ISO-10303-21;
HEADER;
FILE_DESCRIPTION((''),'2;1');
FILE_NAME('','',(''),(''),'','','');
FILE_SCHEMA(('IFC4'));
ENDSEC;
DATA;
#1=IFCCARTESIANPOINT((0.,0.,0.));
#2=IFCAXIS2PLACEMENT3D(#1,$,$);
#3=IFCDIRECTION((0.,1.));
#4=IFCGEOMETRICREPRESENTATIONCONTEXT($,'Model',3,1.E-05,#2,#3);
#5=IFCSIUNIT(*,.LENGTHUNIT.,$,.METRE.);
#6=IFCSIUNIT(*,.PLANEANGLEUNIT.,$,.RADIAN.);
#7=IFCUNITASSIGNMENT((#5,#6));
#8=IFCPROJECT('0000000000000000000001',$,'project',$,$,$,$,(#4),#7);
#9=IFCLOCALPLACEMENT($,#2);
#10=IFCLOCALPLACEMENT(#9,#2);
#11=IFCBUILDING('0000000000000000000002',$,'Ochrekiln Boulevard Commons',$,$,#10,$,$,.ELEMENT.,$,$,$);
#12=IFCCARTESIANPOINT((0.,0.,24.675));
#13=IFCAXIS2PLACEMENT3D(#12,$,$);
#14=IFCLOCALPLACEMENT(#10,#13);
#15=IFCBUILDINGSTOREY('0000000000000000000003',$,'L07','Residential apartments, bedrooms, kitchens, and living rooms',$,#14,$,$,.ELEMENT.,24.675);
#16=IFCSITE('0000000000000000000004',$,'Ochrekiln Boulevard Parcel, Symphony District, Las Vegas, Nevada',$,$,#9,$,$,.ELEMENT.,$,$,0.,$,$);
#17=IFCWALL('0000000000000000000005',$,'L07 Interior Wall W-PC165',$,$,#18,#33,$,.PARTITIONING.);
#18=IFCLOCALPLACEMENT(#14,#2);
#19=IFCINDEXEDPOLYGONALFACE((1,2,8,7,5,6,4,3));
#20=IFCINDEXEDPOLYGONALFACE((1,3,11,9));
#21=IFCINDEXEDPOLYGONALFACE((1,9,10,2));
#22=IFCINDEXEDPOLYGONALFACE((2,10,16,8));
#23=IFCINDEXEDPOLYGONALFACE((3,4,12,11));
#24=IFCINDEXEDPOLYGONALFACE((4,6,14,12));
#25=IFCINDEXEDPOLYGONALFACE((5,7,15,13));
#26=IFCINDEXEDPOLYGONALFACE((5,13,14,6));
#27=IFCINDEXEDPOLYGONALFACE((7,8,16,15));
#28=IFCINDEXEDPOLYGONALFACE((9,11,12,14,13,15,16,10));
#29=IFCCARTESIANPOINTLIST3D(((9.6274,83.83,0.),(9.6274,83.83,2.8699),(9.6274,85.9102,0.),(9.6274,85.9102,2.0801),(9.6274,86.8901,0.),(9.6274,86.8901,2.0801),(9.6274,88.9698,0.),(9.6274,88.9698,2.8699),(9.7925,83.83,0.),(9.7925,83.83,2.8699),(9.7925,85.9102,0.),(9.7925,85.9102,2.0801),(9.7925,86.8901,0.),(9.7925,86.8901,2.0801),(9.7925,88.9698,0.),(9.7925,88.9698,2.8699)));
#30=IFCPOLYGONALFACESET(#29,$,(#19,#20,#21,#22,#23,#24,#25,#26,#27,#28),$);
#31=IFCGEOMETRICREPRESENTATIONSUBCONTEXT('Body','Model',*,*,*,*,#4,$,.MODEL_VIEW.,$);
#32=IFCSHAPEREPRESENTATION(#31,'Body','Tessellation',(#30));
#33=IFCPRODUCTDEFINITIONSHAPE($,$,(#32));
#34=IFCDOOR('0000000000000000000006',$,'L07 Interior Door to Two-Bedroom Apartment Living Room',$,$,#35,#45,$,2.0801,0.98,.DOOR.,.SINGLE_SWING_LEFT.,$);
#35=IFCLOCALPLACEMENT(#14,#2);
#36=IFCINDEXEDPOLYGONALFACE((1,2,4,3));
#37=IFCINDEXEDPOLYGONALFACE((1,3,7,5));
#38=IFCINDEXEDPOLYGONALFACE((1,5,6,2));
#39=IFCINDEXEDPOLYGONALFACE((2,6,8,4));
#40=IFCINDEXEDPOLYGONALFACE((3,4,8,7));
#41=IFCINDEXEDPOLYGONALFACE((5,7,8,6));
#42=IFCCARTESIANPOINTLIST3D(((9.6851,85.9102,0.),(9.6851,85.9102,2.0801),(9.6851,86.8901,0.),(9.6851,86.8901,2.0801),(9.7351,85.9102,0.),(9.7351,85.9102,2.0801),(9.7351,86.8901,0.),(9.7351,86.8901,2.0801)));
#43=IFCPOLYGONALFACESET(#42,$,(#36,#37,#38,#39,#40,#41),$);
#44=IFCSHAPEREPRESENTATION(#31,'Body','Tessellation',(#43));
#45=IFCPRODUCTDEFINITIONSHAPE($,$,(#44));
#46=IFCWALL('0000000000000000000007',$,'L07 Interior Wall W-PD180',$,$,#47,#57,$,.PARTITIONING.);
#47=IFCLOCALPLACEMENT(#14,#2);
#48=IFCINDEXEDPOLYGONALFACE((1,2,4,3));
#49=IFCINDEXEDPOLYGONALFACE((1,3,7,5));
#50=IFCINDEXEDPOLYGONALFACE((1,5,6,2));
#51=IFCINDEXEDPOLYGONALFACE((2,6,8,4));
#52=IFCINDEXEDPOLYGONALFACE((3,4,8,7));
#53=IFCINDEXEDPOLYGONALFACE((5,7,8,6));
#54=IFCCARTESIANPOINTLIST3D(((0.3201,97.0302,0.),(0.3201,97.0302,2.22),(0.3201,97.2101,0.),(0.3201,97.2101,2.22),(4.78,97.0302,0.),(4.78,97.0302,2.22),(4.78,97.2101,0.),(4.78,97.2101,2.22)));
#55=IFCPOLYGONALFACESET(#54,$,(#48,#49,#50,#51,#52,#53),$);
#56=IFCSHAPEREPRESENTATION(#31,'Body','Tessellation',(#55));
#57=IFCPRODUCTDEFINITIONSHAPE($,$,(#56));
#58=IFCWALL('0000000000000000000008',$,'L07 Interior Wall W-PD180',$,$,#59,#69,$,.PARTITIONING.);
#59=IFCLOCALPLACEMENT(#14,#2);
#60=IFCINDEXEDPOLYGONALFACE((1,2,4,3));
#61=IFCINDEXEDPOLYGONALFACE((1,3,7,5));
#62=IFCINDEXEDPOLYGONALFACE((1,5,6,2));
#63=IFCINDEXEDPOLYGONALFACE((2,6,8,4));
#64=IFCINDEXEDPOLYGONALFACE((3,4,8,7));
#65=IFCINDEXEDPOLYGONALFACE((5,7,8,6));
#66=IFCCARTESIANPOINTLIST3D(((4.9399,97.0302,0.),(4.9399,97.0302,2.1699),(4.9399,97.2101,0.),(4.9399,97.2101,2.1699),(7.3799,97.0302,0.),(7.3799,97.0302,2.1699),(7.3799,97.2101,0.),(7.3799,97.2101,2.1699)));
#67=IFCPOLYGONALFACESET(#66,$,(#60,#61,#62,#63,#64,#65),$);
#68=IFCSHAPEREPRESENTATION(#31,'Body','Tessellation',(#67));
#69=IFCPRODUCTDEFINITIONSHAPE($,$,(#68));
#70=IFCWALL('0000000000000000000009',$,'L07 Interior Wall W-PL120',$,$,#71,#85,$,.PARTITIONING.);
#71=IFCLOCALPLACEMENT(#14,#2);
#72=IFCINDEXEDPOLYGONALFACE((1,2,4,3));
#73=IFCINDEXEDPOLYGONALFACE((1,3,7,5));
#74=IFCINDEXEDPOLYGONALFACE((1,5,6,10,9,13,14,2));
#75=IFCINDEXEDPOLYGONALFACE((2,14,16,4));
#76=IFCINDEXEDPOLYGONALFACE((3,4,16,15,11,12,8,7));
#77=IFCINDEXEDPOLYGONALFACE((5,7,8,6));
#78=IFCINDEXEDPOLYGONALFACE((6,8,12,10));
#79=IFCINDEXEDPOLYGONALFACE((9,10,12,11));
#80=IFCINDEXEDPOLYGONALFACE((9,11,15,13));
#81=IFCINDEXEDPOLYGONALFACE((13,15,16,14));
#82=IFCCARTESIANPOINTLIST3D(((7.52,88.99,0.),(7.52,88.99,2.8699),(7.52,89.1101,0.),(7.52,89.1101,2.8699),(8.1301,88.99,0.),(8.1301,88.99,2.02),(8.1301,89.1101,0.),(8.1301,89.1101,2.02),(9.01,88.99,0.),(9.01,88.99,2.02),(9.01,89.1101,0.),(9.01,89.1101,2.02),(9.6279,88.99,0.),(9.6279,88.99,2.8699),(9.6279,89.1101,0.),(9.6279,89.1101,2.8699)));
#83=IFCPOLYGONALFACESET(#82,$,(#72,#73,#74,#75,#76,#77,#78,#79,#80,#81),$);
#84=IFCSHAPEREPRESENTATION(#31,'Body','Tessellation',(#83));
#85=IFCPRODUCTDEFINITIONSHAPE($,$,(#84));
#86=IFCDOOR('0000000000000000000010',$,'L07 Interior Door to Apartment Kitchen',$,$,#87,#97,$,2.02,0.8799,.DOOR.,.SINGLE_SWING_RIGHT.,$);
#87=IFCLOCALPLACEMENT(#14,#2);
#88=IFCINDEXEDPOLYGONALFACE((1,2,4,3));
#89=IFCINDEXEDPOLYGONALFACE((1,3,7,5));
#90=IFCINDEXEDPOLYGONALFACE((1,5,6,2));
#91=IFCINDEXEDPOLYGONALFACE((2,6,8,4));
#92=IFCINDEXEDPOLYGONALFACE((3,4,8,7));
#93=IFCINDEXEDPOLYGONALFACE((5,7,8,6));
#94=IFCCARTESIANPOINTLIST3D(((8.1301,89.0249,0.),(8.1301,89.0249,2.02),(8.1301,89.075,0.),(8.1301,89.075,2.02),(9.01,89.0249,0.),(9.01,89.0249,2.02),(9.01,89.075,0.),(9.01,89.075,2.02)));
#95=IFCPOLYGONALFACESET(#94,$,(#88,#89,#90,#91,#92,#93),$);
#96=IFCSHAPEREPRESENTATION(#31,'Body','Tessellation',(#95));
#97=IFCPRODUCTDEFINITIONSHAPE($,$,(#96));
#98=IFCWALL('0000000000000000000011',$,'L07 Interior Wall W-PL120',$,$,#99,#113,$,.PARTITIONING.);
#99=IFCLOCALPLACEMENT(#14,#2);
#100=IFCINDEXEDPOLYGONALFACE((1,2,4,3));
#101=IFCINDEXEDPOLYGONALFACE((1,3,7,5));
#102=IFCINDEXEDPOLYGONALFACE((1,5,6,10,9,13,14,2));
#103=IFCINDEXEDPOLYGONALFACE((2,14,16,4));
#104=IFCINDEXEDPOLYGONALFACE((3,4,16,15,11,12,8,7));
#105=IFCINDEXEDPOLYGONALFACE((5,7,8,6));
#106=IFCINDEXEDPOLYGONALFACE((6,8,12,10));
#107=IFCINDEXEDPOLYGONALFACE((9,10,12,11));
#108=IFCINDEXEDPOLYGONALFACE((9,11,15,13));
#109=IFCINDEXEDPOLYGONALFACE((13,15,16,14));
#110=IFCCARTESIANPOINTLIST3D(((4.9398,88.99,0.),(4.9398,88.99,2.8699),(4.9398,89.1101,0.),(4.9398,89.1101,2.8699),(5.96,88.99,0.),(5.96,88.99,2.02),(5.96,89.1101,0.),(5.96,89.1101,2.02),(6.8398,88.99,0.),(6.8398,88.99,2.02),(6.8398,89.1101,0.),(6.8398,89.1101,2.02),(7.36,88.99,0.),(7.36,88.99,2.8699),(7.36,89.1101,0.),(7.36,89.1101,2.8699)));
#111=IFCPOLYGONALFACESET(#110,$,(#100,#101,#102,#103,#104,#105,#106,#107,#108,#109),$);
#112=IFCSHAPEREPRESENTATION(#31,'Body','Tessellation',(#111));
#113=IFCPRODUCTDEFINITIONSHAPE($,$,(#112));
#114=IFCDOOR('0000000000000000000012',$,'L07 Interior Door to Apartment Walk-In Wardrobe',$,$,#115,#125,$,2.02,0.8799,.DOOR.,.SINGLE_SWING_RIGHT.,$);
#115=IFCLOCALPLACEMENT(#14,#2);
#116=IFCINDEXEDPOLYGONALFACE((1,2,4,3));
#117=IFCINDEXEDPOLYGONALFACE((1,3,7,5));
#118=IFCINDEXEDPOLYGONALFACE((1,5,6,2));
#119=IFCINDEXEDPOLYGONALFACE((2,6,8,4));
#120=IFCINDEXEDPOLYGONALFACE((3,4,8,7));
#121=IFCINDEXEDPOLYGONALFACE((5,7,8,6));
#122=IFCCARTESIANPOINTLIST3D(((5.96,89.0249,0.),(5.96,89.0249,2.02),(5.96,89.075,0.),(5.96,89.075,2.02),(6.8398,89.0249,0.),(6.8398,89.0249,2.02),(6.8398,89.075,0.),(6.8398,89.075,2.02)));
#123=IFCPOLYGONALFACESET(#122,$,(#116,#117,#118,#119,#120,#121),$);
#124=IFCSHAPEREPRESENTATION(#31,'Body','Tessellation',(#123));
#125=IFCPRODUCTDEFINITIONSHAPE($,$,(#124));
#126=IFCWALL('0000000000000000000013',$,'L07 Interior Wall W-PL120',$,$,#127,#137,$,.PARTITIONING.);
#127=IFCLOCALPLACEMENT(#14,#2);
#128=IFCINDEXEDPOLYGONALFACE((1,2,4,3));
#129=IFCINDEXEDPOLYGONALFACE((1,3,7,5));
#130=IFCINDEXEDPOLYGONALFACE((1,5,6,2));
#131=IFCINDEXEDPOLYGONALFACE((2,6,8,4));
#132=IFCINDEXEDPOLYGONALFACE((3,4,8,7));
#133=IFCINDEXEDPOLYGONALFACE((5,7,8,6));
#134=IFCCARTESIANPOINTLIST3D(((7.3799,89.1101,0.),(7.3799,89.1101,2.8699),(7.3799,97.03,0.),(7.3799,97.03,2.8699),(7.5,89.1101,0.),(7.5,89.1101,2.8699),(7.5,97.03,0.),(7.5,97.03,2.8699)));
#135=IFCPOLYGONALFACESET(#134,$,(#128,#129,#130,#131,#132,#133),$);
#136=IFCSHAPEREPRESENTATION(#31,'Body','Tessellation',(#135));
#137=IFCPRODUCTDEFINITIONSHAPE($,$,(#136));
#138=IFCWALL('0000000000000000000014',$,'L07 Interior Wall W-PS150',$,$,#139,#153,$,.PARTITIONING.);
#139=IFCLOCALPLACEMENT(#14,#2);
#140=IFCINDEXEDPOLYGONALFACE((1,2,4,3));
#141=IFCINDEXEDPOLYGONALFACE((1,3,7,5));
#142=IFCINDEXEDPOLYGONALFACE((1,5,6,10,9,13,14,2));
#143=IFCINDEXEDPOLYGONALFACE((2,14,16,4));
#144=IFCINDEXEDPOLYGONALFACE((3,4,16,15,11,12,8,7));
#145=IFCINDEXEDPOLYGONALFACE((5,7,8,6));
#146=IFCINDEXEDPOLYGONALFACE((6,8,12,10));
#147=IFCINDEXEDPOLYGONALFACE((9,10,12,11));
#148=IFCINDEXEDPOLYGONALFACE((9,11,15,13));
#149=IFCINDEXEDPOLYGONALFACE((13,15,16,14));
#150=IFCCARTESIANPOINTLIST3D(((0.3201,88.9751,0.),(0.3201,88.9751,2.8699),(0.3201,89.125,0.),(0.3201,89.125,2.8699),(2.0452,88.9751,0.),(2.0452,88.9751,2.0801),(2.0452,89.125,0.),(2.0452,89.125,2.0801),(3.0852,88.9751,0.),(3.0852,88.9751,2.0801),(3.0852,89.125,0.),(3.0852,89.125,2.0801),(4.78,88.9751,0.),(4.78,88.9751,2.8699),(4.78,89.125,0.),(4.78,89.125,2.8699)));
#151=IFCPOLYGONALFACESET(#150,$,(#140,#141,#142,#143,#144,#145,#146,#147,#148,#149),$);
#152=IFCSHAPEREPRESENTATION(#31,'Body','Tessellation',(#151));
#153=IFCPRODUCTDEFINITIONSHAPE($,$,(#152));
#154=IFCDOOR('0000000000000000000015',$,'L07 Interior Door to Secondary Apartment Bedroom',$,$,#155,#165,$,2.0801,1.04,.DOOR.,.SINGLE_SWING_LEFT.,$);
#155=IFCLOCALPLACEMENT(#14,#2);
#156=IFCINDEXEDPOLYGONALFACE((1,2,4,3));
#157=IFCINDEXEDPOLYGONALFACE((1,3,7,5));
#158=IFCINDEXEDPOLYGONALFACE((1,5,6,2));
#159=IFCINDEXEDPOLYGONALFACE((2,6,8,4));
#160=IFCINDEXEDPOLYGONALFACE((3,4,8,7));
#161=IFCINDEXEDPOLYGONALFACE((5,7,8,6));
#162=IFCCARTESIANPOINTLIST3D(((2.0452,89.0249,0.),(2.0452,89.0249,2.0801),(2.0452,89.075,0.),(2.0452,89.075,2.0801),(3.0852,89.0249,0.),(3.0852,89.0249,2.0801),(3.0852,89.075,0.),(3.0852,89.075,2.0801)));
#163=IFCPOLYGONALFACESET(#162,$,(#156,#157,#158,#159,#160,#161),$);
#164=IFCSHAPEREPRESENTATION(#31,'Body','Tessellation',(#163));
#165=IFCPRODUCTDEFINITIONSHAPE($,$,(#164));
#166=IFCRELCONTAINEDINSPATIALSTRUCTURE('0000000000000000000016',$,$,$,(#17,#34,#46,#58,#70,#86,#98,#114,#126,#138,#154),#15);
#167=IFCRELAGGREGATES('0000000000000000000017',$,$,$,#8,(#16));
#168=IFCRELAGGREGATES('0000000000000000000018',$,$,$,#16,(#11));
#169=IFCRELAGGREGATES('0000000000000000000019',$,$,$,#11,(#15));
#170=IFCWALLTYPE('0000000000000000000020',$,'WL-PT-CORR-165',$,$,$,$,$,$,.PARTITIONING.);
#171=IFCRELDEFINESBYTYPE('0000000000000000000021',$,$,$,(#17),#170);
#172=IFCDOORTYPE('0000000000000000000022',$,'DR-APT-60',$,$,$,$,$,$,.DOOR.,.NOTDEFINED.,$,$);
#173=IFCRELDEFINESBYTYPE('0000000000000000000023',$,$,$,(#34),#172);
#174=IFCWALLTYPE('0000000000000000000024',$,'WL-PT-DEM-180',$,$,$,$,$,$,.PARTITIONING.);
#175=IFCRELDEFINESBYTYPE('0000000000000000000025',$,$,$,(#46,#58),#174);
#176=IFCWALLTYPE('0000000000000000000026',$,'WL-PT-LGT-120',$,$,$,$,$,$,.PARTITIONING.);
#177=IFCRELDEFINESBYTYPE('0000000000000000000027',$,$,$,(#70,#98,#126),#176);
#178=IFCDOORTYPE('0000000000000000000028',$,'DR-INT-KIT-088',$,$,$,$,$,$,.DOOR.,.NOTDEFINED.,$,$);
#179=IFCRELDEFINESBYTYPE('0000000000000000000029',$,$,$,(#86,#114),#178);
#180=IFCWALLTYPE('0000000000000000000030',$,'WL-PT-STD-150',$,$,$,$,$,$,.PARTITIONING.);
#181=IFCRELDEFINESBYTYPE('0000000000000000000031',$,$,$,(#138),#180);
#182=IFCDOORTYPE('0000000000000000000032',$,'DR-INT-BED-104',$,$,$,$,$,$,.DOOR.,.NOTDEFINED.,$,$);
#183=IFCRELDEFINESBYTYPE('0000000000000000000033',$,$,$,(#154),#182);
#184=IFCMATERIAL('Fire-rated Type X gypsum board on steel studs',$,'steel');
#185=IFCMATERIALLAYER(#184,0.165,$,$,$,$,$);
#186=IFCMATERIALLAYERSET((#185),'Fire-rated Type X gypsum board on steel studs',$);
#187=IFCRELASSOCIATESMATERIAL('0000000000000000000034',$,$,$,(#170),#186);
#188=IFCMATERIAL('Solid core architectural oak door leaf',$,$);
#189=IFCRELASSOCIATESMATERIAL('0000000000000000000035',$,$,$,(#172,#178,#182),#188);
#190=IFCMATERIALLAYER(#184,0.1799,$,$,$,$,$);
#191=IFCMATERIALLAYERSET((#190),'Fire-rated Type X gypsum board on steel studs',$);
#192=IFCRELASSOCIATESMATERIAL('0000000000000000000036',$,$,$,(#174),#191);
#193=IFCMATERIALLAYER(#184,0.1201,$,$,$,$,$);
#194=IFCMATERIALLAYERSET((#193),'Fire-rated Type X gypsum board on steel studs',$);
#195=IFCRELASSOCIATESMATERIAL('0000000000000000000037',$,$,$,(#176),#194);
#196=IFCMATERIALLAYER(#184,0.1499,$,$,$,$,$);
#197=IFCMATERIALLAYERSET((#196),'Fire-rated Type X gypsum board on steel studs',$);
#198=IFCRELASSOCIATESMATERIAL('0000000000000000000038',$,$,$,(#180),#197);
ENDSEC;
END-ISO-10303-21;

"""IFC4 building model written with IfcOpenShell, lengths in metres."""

from ifc_helpers import new_model, si_unit, direction, frame, frame_2d, origin, place, context, subcontext, project, spatial, rectangle, extrude, material, layer, layer_set, type_object, element, fill, save


model = new_model("IFC4")

# Units and contexts
model_context = context("Model", 3, precision=1e-05, world=origin(), true_north=direction((0.0, 1.0)))
body_context = subcontext(model_context, "Body", "Model", "MODEL_VIEW")
ifc_project = project(units=[si_unit("LENGTHUNIT", "METRE"), si_unit("PLANEANGLEUNIT", "RADIAN")], contexts=[model_context])

# Site, building, storey
site_placement = place(None, origin())
site = spatial("IfcSite", under=ifc_project, at=site_placement, Name="Ochrekiln Boulevard Parcel, Symphony District, Las Vegas, Nevada", CompositionType="ELEMENT", RefElevation=0.0)
building_placement = place(site_placement, origin())
building = spatial("IfcBuilding", under=site, at=building_placement, Name="Ochrekiln Boulevard Commons", CompositionType="ELEMENT")
storey_placement = place(building_placement, frame((0.0, 0.0, 24.675)))
storey = spatial("IfcBuildingStorey", under=building, at=storey_placement, Name="L07", Description="Residential apartments, bedrooms, kitchens, and living rooms", CompositionType="ELEMENT", Elevation=24.675)

# Shared definitions
ifc_material_1 = material(Name="Solid core architectural oak door leaf")

# Wall, opening, door
ifc_material_2 = material(Name="Fire-rated Type X gypsum board on steel studs", Category="steel")
ifc_layer_1 = layer(ifc_material_2, 0.165)
ifc_layer_set_1 = layer_set([ifc_layer_1], Name="Fire-rated Type X gypsum board on steel studs")
wall_type_1 = type_object("IfcWallType", Name="WL-PT-CORR-165", PredefinedType="PARTITIONING", material=ifc_layer_set_1)
wall_1_placement = place(storey_placement, frame((9.71, 83.8301, 0.0), z_axis=(0.0, 0.0, 1.0), x_axis=(0.0, 1.0, 0.0)))
wall_1 = element("IfcWall", 1, at=wall_1_placement, inside=storey, type_object=wall_type_1, Name="L07 Interior Wall W-PC165", PredefinedType="PARTITIONING", context=body_context, shape_type="SweptSolid", body=[
    extrude(rectangle(XDim=5.1399, YDim=0.165, at=frame_2d((2.5698, 0.0))), origin(), (0.0, 0.0, 1.0), 2.8699),
])
opening_1_placement = place(wall_1_placement, frame((2.0801, 0.0, 0.0)))
opening_1 = element("IfcOpeningElement", 2, at=opening_1_placement, cuts=wall_1, PredefinedType="OPENING", context=body_context, shape_type="SweptSolid", body=[
    extrude(rectangle(XDim=0.98, YDim=2.0801, at=frame_2d((0.49, 1.04))), frame((0.0, 0.0925, 0.0), z_axis=(0.0, -1.0, 0.0), x_axis=(1.0, 0.0, 0.0)), (0.0, 0.0, 1.0), 0.1851),
])
door_type_1 = type_object("IfcDoorType", Name="DR-APT-60", OperationType="NOTDEFINED", PredefinedType="DOOR", material=ifc_material_1)
door_1_placement = place(opening_1_placement, origin())
door_1 = element("IfcDoor", 3, at=door_1_placement, inside=storey, type_object=door_type_1, Name="L07 Interior Door to Two-Bedroom Apartment Living Room", OperationType="SINGLE_SWING_LEFT", OverallHeight=2.0801, OverallWidth=0.98, PredefinedType="DOOR", context=body_context, shape_type="SweptSolid", body=[
    extrude(rectangle(XDim=0.98, YDim=2.0801, at=frame_2d((0.49, 1.04))), frame((0.0, 0.0249, 0.0), z_axis=(0.0, -1.0, 0.0), x_axis=(1.0, 0.0, 0.0)), (0.0, 0.0, 1.0), 0.05),
])
fill(opening_1, door_1)

# Walls
ifc_layer_2 = layer(ifc_material_2, 0.1799)
ifc_layer_set_2 = layer_set([ifc_layer_2], Name="Fire-rated Type X gypsum board on steel studs")
wall_type_2 = type_object("IfcWallType", Name="WL-PT-DEM-180", PredefinedType="PARTITIONING", material=ifc_layer_set_2)
wall_2_placement = place(storey_placement, frame((0.3201, 97.1201, 0.0), z_axis=(0.0, 0.0, 1.0), x_axis=(1.0, 0.0, 0.0)))
element("IfcWall", 4, at=wall_2_placement, inside=storey, type_object=wall_type_2, Name="L07 Interior Wall W-PD180", PredefinedType="PARTITIONING", context=body_context, shape_type="SweptSolid", body=[
    extrude(rectangle(XDim=4.46, YDim=0.1799, at=frame_2d((2.23, 0.0))), origin(), (0.0, 0.0, 1.0), 2.22),
])
wall_3_placement = place(storey_placement, frame((4.9399, 97.1201, 0.0), z_axis=(0.0, 0.0, 1.0), x_axis=(1.0, 0.0, 0.0)))
element("IfcWall", 5, at=wall_3_placement, inside=storey, type_object=wall_type_2, Name="L07 Interior Wall W-PD180", PredefinedType="PARTITIONING", context=body_context, shape_type="SweptSolid", body=[
    extrude(rectangle(XDim=2.4399, YDim=0.1799, at=frame_2d((1.22, 0.0))), origin(), (0.0, 0.0, 1.0), 2.1699),
])

# Walls, openings, doors
ifc_layer_3 = layer(ifc_material_2, 0.1201)
ifc_layer_set_3 = layer_set([ifc_layer_3], Name="Fire-rated Type X gypsum board on steel studs")
wall_type_3 = type_object("IfcWallType", Name="WL-PT-LGT-120", PredefinedType="PARTITIONING", material=ifc_layer_set_3)
wall_4_placement = place(storey_placement, frame((7.52, 89.05, 0.0), z_axis=(0.0, 0.0, 1.0), x_axis=(1.0, 0.0, 0.0)))
wall_4 = element("IfcWall", 6, at=wall_4_placement, inside=storey, type_object=wall_type_3, Name="L07 Interior Wall W-PL120", PredefinedType="PARTITIONING", context=body_context, shape_type="SweptSolid", body=[
    extrude(rectangle(XDim=2.1079, YDim=0.1201, at=frame_2d((1.054, 0.0))), origin(), (0.0, 0.0, 1.0), 2.8699),
])
opening_2_placement = place(wall_4_placement, frame((0.6101, 0.0, 0.0)))
opening_2 = element("IfcOpeningElement", 7, at=opening_2_placement, cuts=wall_4, PredefinedType="OPENING", context=body_context, shape_type="SweptSolid", body=[
    extrude(rectangle(XDim=0.8799, YDim=2.02, at=frame_2d((0.4399, 1.01))), frame((0.0, 0.0701, 0.0), z_axis=(0.0, -1.0, 0.0), x_axis=(1.0, 0.0, 0.0)), (0.0, 0.0, 1.0), 0.1401),
])
door_type_2 = type_object("IfcDoorType", Name="DR-INT-KIT-088", OperationType="NOTDEFINED", PredefinedType="DOOR", material=ifc_material_1)
door_2_placement = place(opening_2_placement, origin())
door_2 = element("IfcDoor", 8, at=door_2_placement, inside=storey, type_object=door_type_2, Name="L07 Interior Door to Apartment Kitchen", OperationType="SINGLE_SWING_RIGHT", OverallHeight=2.02, OverallWidth=0.8799, PredefinedType="DOOR", context=body_context, shape_type="SweptSolid", body=[
    extrude(rectangle(XDim=0.8799, YDim=2.02, at=frame_2d((0.4399, 1.01))), frame((0.0, 0.0249, 0.0), z_axis=(0.0, -1.0, 0.0), x_axis=(1.0, 0.0, 0.0)), (0.0, 0.0, 1.0), 0.05),
])
fill(opening_2, door_2)
wall_5_placement = place(storey_placement, frame((4.9399, 89.05, 0.0), z_axis=(0.0, 0.0, 1.0), x_axis=(1.0, 0.0, 0.0)))
wall_5 = element("IfcWall", 9, at=wall_5_placement, inside=storey, type_object=wall_type_3, Name="L07 Interior Wall W-PL120", PredefinedType="PARTITIONING", context=body_context, shape_type="SweptSolid", body=[
    extrude(rectangle(XDim=2.4202, YDim=0.1201, at=frame_2d((1.21, 0.0))), origin(), (0.0, 0.0, 1.0), 2.8699),
])
opening_3_placement = place(wall_5_placement, frame((1.02, 0.0, 0.0)))
opening_3 = element("IfcOpeningElement", 10, at=opening_3_placement, cuts=wall_5, PredefinedType="OPENING", context=body_context, shape_type="SweptSolid", body=[
    extrude(rectangle(XDim=0.8799, YDim=2.02, at=frame_2d((0.4399, 1.01))), frame((0.0, 0.0701, 0.0), z_axis=(0.0, -1.0, 0.0), x_axis=(1.0, 0.0, 0.0)), (0.0, 0.0, 1.0), 0.1401),
])
door_3_placement = place(opening_3_placement, origin())
door_3 = element("IfcDoor", 11, at=door_3_placement, inside=storey, type_object=door_type_2, Name="L07 Interior Door to Apartment Walk-In Wardrobe", OperationType="SINGLE_SWING_RIGHT", OverallHeight=2.02, OverallWidth=0.8799, PredefinedType="DOOR", context=body_context, shape_type="SweptSolid", body=[
    extrude(rectangle(XDim=0.8799, YDim=2.02, at=frame_2d((0.4399, 1.01))), frame((0.0, 0.0249, 0.0), z_axis=(0.0, -1.0, 0.0), x_axis=(1.0, 0.0, 0.0)), (0.0, 0.0, 1.0), 0.05),
])
fill(opening_3, door_3)

# Wall
wall_6_placement = place(storey_placement, frame((7.4399, 89.1101, 0.0), z_axis=(0.0, 0.0, 1.0), x_axis=(0.0, 1.0, 0.0)))
element("IfcWall", 12, at=wall_6_placement, inside=storey, type_object=wall_type_3, Name="L07 Interior Wall W-PL120", PredefinedType="PARTITIONING", context=body_context, shape_type="SweptSolid", body=[
    extrude(rectangle(XDim=7.9199, YDim=0.1201, at=frame_2d((3.96, 0.0))), origin(), (0.0, 0.0, 1.0), 2.8699),
])

# Wall, opening, door
ifc_layer_4 = layer(ifc_material_2, 0.1499)
ifc_layer_set_4 = layer_set([ifc_layer_4], Name="Fire-rated Type X gypsum board on steel studs")
wall_type_4 = type_object("IfcWallType", Name="WL-PT-STD-150", PredefinedType="PARTITIONING", material=ifc_layer_set_4)
wall_7_placement = place(storey_placement, frame((0.3201, 89.05, 0.0), z_axis=(0.0, 0.0, 1.0), x_axis=(1.0, 0.0, 0.0)))
wall_7 = element("IfcWall", 13, at=wall_7_placement, inside=storey, type_object=wall_type_4, Name="L07 Interior Wall W-PS150", PredefinedType="PARTITIONING", context=body_context, shape_type="SweptSolid", body=[
    extrude(rectangle(XDim=4.46, YDim=0.1499, at=frame_2d((2.23, 0.0))), origin(), (0.0, 0.0, 1.0), 2.8699),
])
opening_4_placement = place(wall_7_placement, frame((1.7251, 0.0, 0.0)))
opening_4 = element("IfcOpeningElement", 14, at=opening_4_placement, cuts=wall_7, PredefinedType="OPENING", context=body_context, shape_type="SweptSolid", body=[
    extrude(rectangle(XDim=1.04, YDim=2.0801, at=frame_2d((0.52, 1.04))), frame((0.0, 0.085, 0.0), z_axis=(0.0, -1.0, 0.0), x_axis=(1.0, 0.0, 0.0)), (0.0, 0.0, 1.0), 0.1699),
])
door_type_3 = type_object("IfcDoorType", Name="DR-INT-BED-104", OperationType="NOTDEFINED", PredefinedType="DOOR", material=ifc_material_1)
door_4_placement = place(opening_4_placement, origin())
door_4 = element("IfcDoor", 15, at=door_4_placement, inside=storey, type_object=door_type_3, Name="L07 Interior Door to Secondary Apartment Bedroom", OperationType="SINGLE_SWING_LEFT", OverallHeight=2.0801, OverallWidth=1.04, PredefinedType="DOOR", context=body_context, shape_type="SweptSolid", body=[
    extrude(rectangle(XDim=1.04, YDim=2.0801, at=frame_2d((0.52, 1.04))), frame((0.0, 0.0249, 0.0), z_axis=(0.0, -1.0, 0.0), x_axis=(1.0, 0.0, 0.0)), (0.0, 0.0, 1.0), 0.05),
])
fill(opening_4, door_4)

save(model, "model.ifc")
